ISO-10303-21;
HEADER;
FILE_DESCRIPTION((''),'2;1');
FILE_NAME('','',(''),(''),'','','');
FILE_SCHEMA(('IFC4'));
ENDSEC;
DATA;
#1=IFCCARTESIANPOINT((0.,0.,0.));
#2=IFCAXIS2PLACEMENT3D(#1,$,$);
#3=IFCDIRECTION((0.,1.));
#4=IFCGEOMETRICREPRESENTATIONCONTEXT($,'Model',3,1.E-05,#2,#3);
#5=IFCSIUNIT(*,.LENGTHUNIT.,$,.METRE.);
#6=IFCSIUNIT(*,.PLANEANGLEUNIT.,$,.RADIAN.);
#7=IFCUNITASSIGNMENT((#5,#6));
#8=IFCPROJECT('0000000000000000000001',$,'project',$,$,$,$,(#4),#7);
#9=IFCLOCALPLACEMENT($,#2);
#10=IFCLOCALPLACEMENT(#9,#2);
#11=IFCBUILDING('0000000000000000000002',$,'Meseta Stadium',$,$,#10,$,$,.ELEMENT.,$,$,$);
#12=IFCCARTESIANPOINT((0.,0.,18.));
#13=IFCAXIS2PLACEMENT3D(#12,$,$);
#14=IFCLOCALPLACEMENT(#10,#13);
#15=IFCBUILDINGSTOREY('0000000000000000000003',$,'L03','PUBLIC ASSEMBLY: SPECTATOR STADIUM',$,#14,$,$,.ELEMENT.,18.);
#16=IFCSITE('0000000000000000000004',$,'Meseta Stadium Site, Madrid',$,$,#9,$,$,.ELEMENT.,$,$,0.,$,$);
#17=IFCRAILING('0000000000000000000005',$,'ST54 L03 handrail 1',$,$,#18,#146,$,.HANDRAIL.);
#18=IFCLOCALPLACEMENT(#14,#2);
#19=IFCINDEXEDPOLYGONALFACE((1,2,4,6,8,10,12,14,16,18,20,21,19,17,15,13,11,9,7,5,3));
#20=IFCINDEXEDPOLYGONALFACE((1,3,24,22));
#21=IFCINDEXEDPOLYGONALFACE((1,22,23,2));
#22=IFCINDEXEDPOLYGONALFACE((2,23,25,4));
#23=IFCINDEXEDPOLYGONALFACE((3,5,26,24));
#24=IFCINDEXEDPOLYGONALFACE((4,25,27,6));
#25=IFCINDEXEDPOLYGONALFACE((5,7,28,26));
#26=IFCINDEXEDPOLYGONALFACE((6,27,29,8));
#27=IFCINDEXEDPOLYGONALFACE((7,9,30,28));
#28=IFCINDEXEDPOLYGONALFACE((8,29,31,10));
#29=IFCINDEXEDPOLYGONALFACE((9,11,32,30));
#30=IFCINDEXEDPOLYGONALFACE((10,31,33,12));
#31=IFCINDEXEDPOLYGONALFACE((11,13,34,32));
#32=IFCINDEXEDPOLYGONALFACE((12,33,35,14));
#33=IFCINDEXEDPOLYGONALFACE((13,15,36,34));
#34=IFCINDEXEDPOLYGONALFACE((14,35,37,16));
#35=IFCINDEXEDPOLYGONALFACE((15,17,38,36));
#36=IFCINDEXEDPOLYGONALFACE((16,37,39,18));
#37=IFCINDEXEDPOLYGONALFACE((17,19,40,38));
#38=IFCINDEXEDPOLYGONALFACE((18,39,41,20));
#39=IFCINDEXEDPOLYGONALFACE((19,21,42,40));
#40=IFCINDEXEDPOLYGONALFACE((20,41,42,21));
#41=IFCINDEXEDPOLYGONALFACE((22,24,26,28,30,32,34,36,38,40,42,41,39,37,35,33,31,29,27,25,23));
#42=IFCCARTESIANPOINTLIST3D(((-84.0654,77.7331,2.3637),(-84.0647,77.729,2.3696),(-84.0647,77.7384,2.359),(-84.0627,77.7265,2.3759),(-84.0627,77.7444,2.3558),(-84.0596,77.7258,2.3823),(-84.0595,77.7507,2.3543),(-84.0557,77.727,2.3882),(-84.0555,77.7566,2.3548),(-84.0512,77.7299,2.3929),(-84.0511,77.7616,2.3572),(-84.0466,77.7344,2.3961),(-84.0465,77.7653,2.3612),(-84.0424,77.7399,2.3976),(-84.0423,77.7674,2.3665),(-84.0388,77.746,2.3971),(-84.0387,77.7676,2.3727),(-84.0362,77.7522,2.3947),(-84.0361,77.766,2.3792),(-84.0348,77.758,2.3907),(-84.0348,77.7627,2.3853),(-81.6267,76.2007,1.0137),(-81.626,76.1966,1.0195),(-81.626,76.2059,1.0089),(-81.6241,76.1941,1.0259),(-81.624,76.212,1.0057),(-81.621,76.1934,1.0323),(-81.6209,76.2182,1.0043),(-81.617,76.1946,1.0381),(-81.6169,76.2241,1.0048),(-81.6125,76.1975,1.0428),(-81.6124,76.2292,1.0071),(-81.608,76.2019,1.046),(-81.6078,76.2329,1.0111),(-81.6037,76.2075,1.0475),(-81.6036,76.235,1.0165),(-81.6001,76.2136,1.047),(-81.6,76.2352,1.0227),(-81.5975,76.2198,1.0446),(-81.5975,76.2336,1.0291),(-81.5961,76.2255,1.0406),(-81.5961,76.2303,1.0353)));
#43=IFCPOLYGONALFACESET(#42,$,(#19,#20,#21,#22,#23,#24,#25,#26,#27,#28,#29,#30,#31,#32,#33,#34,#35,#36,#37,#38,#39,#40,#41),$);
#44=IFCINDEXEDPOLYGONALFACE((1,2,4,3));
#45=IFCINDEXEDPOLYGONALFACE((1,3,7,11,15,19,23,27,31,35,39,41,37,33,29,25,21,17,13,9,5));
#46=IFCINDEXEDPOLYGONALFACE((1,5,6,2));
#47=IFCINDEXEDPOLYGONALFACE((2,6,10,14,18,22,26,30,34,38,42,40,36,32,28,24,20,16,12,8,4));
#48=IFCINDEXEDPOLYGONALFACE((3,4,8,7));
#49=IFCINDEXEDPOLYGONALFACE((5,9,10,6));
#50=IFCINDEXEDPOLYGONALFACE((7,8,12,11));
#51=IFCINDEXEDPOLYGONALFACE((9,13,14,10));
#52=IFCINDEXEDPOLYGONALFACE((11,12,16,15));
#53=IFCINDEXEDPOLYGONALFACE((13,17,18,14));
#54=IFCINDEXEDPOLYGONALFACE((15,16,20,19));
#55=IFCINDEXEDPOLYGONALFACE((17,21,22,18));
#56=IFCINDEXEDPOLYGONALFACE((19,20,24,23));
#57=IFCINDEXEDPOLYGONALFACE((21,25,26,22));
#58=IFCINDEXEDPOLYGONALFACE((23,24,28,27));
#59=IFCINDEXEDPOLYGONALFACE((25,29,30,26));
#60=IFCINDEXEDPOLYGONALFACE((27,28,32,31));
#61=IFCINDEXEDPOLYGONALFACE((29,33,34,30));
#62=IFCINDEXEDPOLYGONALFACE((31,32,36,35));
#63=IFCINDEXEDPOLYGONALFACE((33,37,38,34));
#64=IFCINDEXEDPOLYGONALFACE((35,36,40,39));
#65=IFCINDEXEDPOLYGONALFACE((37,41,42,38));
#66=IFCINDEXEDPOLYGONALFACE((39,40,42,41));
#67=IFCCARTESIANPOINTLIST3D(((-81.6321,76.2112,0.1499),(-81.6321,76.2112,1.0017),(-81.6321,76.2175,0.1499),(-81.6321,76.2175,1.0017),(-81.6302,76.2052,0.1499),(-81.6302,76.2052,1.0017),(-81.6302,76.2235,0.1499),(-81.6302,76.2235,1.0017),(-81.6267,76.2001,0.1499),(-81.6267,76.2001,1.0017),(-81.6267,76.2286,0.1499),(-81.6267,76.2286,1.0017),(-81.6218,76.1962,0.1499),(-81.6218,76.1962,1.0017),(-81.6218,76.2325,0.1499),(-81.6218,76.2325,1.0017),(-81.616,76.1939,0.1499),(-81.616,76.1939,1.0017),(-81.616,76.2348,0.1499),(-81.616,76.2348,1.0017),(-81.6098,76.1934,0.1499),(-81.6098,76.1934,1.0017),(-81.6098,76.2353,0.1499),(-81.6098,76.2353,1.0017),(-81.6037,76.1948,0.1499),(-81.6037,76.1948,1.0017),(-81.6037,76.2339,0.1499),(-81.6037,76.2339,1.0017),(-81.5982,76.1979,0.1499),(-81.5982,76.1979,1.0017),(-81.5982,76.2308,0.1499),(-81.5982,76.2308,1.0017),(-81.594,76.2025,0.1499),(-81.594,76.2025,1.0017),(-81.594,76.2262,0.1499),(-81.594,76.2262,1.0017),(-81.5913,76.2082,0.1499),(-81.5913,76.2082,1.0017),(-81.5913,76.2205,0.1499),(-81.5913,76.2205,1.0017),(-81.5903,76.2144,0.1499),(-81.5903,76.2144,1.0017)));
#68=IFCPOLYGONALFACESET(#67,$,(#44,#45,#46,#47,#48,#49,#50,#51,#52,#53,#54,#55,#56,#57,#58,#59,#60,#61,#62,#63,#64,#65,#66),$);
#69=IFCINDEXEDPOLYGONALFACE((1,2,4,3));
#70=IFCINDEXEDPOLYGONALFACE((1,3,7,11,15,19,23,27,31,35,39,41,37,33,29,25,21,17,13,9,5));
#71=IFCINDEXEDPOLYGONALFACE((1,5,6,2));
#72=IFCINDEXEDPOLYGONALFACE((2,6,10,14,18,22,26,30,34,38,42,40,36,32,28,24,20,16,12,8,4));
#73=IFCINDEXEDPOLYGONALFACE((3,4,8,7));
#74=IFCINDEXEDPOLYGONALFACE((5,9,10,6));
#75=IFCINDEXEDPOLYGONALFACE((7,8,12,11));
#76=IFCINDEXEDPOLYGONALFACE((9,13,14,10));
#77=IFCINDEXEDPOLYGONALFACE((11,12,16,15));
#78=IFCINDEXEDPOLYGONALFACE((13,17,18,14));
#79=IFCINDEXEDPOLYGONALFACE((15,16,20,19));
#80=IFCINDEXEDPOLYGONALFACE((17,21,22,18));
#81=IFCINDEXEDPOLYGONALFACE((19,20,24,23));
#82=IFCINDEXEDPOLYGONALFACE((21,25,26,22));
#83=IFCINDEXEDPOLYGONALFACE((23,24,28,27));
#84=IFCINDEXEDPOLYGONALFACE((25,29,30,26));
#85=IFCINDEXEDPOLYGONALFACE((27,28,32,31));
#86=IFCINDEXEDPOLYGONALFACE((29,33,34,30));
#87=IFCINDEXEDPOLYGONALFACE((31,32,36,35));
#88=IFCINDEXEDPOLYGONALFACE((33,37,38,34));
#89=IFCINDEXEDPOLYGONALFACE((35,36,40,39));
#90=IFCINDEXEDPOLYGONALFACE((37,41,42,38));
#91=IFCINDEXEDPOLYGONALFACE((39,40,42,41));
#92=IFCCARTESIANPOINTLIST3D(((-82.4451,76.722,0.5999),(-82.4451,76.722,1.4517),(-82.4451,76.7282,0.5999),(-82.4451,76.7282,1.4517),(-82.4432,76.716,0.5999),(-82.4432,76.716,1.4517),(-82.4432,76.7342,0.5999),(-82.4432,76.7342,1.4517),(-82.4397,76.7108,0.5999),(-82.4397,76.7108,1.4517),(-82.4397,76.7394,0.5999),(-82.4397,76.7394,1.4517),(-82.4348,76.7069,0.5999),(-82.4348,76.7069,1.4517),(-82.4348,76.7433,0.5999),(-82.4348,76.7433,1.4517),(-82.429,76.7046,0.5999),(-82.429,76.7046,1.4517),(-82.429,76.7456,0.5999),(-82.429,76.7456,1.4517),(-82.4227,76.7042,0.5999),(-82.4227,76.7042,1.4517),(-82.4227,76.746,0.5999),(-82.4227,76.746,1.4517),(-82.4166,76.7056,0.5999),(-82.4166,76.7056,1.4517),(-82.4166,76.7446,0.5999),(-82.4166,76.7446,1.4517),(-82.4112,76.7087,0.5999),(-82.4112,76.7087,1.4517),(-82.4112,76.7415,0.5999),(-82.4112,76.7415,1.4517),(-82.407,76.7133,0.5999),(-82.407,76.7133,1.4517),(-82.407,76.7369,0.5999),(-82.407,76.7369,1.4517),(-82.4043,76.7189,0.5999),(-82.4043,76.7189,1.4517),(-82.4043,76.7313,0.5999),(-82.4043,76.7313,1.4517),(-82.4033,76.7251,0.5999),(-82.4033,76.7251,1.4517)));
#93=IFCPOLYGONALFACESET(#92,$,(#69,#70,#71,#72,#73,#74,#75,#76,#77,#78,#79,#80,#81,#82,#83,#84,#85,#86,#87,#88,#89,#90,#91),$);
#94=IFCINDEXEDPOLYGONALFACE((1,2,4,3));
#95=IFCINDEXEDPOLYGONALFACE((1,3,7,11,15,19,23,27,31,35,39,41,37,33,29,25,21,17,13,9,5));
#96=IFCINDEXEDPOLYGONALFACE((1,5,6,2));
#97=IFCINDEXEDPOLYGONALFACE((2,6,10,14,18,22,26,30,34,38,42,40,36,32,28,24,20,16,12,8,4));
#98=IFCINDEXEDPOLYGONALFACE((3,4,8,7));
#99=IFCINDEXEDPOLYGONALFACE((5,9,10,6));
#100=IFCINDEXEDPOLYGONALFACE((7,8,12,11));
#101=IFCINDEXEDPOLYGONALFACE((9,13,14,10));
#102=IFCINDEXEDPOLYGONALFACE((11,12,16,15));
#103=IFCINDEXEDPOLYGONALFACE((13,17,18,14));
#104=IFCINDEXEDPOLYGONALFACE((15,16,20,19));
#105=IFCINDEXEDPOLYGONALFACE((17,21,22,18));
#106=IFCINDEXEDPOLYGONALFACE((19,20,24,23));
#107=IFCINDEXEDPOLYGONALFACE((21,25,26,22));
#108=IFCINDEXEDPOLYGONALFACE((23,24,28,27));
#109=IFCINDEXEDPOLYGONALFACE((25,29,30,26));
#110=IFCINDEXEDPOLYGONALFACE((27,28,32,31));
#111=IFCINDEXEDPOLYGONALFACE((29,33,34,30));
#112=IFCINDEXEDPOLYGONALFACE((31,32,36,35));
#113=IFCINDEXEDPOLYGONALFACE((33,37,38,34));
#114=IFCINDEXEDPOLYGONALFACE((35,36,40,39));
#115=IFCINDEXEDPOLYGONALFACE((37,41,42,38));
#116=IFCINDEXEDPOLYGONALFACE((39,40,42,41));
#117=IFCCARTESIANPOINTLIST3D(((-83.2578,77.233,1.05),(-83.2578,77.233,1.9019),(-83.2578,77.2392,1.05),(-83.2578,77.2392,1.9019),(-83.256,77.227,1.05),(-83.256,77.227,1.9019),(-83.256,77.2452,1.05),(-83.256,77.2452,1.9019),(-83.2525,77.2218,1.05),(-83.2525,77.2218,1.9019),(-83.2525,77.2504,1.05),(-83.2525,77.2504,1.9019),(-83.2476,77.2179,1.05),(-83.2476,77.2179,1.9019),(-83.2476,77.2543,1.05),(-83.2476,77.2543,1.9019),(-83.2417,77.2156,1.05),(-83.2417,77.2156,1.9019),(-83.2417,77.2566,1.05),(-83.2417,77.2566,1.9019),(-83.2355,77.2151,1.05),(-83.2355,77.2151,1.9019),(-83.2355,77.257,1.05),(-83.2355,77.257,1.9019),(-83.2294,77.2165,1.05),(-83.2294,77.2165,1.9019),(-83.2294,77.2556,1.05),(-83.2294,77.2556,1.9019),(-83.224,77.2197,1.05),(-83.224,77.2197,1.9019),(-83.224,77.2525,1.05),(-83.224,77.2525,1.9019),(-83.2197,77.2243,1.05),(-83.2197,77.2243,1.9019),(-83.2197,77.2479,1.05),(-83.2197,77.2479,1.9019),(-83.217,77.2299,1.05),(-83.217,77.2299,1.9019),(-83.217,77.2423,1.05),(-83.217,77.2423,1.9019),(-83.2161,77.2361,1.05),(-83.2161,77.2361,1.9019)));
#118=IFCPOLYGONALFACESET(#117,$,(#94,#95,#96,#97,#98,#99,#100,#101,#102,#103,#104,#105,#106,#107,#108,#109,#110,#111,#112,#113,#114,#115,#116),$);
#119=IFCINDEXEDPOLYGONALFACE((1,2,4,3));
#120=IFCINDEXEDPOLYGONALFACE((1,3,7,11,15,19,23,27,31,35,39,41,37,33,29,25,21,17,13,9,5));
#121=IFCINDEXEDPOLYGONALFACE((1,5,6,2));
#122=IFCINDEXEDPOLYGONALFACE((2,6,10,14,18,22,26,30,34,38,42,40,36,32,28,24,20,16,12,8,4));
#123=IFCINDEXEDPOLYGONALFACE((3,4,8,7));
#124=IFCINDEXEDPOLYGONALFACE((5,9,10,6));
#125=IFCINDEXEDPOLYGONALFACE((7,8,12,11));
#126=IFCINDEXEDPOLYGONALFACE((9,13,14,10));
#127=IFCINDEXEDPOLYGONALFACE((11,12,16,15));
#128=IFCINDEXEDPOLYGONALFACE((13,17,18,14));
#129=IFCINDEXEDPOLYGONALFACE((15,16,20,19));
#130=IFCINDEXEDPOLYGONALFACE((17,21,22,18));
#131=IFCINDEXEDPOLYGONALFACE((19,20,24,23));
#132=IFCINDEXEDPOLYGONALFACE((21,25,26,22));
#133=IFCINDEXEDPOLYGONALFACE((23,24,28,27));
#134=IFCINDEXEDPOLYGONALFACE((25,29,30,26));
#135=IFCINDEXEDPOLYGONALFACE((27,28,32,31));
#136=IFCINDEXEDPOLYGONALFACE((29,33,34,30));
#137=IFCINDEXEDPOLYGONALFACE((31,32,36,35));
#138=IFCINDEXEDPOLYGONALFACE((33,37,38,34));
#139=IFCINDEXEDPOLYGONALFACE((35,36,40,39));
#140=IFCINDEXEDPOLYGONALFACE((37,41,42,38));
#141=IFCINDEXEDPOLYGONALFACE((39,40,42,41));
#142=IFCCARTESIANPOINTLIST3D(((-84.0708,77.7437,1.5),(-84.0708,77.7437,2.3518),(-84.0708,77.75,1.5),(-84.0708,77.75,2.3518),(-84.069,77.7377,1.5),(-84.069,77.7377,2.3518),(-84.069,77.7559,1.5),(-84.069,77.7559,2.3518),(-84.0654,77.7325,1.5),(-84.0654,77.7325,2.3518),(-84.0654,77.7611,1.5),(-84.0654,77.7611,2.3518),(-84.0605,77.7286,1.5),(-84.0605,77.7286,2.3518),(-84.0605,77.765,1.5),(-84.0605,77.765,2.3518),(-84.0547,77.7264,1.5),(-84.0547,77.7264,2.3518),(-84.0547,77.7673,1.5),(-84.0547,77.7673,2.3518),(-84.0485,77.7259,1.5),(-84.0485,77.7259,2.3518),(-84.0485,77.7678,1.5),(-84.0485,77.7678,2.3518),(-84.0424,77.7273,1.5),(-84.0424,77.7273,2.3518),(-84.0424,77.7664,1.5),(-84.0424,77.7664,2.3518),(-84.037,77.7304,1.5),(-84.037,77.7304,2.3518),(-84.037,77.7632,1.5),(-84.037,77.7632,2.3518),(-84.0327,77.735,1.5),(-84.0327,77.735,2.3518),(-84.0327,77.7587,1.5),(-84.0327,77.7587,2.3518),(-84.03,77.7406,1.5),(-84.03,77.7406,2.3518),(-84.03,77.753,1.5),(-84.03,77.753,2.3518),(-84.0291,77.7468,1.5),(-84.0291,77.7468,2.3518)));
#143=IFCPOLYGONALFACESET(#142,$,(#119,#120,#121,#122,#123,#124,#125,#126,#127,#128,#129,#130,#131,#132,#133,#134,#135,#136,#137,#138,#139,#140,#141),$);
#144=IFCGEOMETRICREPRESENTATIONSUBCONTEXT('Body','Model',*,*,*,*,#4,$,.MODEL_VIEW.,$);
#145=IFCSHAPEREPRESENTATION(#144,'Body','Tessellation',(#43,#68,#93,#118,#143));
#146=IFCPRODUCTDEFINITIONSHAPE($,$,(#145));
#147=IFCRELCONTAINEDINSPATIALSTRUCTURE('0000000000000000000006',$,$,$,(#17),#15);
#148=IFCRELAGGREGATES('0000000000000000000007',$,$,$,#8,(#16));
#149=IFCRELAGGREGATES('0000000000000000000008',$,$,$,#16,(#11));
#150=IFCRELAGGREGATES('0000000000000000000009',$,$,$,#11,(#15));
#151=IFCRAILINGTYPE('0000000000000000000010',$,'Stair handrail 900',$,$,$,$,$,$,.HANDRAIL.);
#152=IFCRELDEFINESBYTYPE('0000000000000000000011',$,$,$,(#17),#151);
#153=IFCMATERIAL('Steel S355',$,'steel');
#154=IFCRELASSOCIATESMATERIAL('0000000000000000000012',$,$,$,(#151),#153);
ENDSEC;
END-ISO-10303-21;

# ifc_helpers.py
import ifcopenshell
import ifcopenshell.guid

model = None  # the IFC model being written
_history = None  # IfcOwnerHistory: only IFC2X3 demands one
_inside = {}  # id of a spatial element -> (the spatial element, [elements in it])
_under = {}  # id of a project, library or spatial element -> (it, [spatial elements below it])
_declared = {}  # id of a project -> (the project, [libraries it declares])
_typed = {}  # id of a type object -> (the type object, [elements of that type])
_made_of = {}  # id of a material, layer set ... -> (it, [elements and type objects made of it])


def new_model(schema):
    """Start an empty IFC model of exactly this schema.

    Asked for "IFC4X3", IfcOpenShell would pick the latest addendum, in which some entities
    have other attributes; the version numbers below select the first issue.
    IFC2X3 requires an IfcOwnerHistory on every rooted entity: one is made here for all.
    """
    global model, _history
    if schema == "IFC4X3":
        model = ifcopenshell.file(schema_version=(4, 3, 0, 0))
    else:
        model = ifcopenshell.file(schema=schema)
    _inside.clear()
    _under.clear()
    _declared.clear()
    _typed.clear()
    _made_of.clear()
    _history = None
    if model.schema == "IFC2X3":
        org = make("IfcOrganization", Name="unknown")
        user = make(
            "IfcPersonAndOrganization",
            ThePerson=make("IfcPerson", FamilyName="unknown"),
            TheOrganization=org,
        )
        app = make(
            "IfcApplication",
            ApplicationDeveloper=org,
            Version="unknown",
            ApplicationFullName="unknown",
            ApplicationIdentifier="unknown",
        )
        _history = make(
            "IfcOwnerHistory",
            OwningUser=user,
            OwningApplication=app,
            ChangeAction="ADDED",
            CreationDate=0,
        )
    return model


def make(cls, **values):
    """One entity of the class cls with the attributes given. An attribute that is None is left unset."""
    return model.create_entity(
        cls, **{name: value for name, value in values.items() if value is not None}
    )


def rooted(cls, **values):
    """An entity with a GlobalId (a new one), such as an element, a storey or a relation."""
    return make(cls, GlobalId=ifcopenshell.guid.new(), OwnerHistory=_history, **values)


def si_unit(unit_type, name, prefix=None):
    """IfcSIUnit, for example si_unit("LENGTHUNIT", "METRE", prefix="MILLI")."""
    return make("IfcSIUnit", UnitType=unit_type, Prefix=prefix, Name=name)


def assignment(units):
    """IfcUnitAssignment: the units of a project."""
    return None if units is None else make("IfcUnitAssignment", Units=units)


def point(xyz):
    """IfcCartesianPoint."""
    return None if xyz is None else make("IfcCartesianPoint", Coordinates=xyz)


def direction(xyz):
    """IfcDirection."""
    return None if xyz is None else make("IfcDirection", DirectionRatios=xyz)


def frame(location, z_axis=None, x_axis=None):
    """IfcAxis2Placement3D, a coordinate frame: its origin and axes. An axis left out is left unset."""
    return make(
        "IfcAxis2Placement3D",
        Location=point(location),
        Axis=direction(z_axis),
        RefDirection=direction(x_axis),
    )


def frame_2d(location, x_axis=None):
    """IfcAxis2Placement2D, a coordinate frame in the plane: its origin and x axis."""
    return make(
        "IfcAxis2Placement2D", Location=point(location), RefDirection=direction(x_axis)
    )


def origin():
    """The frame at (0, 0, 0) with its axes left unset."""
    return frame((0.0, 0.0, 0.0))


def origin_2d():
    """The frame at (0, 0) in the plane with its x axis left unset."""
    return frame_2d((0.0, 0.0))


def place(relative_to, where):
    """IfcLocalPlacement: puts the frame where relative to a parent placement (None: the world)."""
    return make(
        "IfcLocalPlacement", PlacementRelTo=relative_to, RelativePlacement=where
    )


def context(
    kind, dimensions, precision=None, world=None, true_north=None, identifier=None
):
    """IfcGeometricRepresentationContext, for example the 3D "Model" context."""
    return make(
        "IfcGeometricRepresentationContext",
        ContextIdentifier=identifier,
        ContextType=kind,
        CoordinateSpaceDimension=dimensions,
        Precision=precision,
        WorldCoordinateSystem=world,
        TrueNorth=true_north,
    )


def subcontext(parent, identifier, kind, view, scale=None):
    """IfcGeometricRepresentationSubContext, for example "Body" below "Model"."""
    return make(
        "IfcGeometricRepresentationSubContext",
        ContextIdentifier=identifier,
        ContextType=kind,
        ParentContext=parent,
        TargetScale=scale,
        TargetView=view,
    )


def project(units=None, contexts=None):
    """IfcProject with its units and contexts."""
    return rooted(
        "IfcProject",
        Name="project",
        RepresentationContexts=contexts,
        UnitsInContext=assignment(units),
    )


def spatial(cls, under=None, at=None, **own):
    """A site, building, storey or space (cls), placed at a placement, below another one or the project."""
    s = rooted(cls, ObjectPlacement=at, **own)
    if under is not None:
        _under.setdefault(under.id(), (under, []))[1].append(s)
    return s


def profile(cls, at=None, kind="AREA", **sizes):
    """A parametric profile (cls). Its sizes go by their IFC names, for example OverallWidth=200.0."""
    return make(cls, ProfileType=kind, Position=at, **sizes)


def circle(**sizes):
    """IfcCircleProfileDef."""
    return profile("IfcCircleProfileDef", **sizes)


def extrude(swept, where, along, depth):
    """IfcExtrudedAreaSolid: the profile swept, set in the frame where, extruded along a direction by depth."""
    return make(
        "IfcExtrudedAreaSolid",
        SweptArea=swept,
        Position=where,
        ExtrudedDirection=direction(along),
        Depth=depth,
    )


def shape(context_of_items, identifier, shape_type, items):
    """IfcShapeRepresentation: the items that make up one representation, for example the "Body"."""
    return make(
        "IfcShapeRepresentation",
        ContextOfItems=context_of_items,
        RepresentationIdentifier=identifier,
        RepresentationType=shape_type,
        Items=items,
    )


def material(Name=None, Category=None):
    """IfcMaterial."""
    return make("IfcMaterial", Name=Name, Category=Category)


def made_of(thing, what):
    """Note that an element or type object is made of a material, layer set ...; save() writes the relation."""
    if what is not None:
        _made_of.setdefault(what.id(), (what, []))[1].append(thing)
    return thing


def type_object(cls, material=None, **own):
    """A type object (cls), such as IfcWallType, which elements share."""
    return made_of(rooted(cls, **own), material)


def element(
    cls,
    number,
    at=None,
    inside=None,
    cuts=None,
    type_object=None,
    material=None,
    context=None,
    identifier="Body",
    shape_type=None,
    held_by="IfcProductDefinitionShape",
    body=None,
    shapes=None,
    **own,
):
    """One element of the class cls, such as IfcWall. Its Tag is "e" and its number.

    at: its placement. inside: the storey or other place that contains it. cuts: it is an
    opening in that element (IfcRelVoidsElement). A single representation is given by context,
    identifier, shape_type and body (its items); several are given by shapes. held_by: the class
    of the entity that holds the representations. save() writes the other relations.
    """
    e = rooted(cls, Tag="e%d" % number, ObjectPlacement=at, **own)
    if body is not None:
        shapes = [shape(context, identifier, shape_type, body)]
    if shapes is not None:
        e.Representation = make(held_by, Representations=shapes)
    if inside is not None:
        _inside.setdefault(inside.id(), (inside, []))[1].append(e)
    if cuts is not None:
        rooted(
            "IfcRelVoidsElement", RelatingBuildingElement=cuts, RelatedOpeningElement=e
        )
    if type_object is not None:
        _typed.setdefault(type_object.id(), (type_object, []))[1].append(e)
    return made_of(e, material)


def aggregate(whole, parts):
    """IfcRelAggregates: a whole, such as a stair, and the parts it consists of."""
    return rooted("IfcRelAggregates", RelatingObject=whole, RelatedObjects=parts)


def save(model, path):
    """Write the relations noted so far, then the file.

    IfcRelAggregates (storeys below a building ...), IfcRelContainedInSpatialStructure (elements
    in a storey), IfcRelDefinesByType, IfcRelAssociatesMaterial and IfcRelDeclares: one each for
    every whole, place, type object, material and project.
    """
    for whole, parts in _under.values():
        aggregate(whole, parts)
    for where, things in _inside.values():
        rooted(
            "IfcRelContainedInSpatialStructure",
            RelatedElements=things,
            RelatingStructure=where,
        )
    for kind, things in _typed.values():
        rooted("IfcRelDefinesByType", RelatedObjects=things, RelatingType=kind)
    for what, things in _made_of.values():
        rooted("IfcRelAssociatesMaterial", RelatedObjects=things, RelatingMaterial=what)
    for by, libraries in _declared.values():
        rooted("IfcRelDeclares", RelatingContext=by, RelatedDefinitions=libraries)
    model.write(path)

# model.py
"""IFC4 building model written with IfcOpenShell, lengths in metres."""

from ifc_helpers import new_model, si_unit, direction, frame, origin, origin_2d, place, context, subcontext, project, spatial, circle, extrude, material, type_object, element, save


model = new_model("IFC4")

# Units and contexts
model_context = context("Model", 3, precision=1e-05, world=origin(), true_north=direction((0.0, 1.0)))
body_context = subcontext(model_context, "Body", "Model", "MODEL_VIEW")
ifc_project = project(units=[si_unit("LENGTHUNIT", "METRE"), si_unit("PLANEANGLEUNIT", "RADIAN")], contexts=[model_context])

# Site, building, storey
site_placement = place(None, origin())
site = spatial("IfcSite", under=ifc_project, at=site_placement, Name="Meseta Stadium Site, Madrid", CompositionType="ELEMENT", RefElevation=0.0)
building_placement = place(site_placement, origin())
building = spatial("IfcBuilding", under=site, at=building_placement, Name="Meseta Stadium", CompositionType="ELEMENT")
storey_placement = place(building_placement, frame((0.0, 0.0, 18.0)))
storey = spatial("IfcBuildingStorey", under=building, at=storey_placement, Name="L03", Description="PUBLIC ASSEMBLY: SPECTATOR STADIUM", CompositionType="ELEMENT", Elevation=18.0)

# Railing
ifc_material_1 = material(Name="Steel S355", Category="steel")
railing_type_1 = type_object("IfcRailingType", Name="Stair handrail 900", PredefinedType="HANDRAIL", material=ifc_material_1)
for number, where, name in (
    (1, (-81.6113, 76.2144, 0.1499), "ST54 L03 handrail 1"),
):
    element("IfcRailing", number, at=place(storey_placement, frame(where)), inside=storey, type_object=railing_type_1, Name=name, PredefinedType="HANDRAIL", context=body_context, shape_type="SweptSolid", body=[
        extrude(circle(Radius=0.0239, at=origin_2d()), frame((0.0, 0.0, 0.876), z_axis=(-0.766659, 0.481762, 0.424429), x_axis=(-0.532062, -0.846705, 0.0)), (0.0, 0.0, 1.0), 3.1809),
        extrude(circle(Radius=0.021, at=origin_2d()), origin(), (0.0, 0.0, 1.0), 0.8518),
        extrude(circle(Radius=0.021, at=origin_2d()), frame((-0.813, 0.5107, 0.45)), (0.0, 0.0, 1.0), 0.8518),
        extrude(circle(Radius=0.021, at=origin_2d()), frame((-1.6257, 1.0217, 0.9001)), (0.0, 0.0, 1.0), 0.8518),
        extrude(circle(Radius=0.021, at=origin_2d()), frame((-2.4387, 1.5325, 1.3501)), (0.0, 0.0, 1.0), 0.8518),
    ])

save(model, "model.ifc")
